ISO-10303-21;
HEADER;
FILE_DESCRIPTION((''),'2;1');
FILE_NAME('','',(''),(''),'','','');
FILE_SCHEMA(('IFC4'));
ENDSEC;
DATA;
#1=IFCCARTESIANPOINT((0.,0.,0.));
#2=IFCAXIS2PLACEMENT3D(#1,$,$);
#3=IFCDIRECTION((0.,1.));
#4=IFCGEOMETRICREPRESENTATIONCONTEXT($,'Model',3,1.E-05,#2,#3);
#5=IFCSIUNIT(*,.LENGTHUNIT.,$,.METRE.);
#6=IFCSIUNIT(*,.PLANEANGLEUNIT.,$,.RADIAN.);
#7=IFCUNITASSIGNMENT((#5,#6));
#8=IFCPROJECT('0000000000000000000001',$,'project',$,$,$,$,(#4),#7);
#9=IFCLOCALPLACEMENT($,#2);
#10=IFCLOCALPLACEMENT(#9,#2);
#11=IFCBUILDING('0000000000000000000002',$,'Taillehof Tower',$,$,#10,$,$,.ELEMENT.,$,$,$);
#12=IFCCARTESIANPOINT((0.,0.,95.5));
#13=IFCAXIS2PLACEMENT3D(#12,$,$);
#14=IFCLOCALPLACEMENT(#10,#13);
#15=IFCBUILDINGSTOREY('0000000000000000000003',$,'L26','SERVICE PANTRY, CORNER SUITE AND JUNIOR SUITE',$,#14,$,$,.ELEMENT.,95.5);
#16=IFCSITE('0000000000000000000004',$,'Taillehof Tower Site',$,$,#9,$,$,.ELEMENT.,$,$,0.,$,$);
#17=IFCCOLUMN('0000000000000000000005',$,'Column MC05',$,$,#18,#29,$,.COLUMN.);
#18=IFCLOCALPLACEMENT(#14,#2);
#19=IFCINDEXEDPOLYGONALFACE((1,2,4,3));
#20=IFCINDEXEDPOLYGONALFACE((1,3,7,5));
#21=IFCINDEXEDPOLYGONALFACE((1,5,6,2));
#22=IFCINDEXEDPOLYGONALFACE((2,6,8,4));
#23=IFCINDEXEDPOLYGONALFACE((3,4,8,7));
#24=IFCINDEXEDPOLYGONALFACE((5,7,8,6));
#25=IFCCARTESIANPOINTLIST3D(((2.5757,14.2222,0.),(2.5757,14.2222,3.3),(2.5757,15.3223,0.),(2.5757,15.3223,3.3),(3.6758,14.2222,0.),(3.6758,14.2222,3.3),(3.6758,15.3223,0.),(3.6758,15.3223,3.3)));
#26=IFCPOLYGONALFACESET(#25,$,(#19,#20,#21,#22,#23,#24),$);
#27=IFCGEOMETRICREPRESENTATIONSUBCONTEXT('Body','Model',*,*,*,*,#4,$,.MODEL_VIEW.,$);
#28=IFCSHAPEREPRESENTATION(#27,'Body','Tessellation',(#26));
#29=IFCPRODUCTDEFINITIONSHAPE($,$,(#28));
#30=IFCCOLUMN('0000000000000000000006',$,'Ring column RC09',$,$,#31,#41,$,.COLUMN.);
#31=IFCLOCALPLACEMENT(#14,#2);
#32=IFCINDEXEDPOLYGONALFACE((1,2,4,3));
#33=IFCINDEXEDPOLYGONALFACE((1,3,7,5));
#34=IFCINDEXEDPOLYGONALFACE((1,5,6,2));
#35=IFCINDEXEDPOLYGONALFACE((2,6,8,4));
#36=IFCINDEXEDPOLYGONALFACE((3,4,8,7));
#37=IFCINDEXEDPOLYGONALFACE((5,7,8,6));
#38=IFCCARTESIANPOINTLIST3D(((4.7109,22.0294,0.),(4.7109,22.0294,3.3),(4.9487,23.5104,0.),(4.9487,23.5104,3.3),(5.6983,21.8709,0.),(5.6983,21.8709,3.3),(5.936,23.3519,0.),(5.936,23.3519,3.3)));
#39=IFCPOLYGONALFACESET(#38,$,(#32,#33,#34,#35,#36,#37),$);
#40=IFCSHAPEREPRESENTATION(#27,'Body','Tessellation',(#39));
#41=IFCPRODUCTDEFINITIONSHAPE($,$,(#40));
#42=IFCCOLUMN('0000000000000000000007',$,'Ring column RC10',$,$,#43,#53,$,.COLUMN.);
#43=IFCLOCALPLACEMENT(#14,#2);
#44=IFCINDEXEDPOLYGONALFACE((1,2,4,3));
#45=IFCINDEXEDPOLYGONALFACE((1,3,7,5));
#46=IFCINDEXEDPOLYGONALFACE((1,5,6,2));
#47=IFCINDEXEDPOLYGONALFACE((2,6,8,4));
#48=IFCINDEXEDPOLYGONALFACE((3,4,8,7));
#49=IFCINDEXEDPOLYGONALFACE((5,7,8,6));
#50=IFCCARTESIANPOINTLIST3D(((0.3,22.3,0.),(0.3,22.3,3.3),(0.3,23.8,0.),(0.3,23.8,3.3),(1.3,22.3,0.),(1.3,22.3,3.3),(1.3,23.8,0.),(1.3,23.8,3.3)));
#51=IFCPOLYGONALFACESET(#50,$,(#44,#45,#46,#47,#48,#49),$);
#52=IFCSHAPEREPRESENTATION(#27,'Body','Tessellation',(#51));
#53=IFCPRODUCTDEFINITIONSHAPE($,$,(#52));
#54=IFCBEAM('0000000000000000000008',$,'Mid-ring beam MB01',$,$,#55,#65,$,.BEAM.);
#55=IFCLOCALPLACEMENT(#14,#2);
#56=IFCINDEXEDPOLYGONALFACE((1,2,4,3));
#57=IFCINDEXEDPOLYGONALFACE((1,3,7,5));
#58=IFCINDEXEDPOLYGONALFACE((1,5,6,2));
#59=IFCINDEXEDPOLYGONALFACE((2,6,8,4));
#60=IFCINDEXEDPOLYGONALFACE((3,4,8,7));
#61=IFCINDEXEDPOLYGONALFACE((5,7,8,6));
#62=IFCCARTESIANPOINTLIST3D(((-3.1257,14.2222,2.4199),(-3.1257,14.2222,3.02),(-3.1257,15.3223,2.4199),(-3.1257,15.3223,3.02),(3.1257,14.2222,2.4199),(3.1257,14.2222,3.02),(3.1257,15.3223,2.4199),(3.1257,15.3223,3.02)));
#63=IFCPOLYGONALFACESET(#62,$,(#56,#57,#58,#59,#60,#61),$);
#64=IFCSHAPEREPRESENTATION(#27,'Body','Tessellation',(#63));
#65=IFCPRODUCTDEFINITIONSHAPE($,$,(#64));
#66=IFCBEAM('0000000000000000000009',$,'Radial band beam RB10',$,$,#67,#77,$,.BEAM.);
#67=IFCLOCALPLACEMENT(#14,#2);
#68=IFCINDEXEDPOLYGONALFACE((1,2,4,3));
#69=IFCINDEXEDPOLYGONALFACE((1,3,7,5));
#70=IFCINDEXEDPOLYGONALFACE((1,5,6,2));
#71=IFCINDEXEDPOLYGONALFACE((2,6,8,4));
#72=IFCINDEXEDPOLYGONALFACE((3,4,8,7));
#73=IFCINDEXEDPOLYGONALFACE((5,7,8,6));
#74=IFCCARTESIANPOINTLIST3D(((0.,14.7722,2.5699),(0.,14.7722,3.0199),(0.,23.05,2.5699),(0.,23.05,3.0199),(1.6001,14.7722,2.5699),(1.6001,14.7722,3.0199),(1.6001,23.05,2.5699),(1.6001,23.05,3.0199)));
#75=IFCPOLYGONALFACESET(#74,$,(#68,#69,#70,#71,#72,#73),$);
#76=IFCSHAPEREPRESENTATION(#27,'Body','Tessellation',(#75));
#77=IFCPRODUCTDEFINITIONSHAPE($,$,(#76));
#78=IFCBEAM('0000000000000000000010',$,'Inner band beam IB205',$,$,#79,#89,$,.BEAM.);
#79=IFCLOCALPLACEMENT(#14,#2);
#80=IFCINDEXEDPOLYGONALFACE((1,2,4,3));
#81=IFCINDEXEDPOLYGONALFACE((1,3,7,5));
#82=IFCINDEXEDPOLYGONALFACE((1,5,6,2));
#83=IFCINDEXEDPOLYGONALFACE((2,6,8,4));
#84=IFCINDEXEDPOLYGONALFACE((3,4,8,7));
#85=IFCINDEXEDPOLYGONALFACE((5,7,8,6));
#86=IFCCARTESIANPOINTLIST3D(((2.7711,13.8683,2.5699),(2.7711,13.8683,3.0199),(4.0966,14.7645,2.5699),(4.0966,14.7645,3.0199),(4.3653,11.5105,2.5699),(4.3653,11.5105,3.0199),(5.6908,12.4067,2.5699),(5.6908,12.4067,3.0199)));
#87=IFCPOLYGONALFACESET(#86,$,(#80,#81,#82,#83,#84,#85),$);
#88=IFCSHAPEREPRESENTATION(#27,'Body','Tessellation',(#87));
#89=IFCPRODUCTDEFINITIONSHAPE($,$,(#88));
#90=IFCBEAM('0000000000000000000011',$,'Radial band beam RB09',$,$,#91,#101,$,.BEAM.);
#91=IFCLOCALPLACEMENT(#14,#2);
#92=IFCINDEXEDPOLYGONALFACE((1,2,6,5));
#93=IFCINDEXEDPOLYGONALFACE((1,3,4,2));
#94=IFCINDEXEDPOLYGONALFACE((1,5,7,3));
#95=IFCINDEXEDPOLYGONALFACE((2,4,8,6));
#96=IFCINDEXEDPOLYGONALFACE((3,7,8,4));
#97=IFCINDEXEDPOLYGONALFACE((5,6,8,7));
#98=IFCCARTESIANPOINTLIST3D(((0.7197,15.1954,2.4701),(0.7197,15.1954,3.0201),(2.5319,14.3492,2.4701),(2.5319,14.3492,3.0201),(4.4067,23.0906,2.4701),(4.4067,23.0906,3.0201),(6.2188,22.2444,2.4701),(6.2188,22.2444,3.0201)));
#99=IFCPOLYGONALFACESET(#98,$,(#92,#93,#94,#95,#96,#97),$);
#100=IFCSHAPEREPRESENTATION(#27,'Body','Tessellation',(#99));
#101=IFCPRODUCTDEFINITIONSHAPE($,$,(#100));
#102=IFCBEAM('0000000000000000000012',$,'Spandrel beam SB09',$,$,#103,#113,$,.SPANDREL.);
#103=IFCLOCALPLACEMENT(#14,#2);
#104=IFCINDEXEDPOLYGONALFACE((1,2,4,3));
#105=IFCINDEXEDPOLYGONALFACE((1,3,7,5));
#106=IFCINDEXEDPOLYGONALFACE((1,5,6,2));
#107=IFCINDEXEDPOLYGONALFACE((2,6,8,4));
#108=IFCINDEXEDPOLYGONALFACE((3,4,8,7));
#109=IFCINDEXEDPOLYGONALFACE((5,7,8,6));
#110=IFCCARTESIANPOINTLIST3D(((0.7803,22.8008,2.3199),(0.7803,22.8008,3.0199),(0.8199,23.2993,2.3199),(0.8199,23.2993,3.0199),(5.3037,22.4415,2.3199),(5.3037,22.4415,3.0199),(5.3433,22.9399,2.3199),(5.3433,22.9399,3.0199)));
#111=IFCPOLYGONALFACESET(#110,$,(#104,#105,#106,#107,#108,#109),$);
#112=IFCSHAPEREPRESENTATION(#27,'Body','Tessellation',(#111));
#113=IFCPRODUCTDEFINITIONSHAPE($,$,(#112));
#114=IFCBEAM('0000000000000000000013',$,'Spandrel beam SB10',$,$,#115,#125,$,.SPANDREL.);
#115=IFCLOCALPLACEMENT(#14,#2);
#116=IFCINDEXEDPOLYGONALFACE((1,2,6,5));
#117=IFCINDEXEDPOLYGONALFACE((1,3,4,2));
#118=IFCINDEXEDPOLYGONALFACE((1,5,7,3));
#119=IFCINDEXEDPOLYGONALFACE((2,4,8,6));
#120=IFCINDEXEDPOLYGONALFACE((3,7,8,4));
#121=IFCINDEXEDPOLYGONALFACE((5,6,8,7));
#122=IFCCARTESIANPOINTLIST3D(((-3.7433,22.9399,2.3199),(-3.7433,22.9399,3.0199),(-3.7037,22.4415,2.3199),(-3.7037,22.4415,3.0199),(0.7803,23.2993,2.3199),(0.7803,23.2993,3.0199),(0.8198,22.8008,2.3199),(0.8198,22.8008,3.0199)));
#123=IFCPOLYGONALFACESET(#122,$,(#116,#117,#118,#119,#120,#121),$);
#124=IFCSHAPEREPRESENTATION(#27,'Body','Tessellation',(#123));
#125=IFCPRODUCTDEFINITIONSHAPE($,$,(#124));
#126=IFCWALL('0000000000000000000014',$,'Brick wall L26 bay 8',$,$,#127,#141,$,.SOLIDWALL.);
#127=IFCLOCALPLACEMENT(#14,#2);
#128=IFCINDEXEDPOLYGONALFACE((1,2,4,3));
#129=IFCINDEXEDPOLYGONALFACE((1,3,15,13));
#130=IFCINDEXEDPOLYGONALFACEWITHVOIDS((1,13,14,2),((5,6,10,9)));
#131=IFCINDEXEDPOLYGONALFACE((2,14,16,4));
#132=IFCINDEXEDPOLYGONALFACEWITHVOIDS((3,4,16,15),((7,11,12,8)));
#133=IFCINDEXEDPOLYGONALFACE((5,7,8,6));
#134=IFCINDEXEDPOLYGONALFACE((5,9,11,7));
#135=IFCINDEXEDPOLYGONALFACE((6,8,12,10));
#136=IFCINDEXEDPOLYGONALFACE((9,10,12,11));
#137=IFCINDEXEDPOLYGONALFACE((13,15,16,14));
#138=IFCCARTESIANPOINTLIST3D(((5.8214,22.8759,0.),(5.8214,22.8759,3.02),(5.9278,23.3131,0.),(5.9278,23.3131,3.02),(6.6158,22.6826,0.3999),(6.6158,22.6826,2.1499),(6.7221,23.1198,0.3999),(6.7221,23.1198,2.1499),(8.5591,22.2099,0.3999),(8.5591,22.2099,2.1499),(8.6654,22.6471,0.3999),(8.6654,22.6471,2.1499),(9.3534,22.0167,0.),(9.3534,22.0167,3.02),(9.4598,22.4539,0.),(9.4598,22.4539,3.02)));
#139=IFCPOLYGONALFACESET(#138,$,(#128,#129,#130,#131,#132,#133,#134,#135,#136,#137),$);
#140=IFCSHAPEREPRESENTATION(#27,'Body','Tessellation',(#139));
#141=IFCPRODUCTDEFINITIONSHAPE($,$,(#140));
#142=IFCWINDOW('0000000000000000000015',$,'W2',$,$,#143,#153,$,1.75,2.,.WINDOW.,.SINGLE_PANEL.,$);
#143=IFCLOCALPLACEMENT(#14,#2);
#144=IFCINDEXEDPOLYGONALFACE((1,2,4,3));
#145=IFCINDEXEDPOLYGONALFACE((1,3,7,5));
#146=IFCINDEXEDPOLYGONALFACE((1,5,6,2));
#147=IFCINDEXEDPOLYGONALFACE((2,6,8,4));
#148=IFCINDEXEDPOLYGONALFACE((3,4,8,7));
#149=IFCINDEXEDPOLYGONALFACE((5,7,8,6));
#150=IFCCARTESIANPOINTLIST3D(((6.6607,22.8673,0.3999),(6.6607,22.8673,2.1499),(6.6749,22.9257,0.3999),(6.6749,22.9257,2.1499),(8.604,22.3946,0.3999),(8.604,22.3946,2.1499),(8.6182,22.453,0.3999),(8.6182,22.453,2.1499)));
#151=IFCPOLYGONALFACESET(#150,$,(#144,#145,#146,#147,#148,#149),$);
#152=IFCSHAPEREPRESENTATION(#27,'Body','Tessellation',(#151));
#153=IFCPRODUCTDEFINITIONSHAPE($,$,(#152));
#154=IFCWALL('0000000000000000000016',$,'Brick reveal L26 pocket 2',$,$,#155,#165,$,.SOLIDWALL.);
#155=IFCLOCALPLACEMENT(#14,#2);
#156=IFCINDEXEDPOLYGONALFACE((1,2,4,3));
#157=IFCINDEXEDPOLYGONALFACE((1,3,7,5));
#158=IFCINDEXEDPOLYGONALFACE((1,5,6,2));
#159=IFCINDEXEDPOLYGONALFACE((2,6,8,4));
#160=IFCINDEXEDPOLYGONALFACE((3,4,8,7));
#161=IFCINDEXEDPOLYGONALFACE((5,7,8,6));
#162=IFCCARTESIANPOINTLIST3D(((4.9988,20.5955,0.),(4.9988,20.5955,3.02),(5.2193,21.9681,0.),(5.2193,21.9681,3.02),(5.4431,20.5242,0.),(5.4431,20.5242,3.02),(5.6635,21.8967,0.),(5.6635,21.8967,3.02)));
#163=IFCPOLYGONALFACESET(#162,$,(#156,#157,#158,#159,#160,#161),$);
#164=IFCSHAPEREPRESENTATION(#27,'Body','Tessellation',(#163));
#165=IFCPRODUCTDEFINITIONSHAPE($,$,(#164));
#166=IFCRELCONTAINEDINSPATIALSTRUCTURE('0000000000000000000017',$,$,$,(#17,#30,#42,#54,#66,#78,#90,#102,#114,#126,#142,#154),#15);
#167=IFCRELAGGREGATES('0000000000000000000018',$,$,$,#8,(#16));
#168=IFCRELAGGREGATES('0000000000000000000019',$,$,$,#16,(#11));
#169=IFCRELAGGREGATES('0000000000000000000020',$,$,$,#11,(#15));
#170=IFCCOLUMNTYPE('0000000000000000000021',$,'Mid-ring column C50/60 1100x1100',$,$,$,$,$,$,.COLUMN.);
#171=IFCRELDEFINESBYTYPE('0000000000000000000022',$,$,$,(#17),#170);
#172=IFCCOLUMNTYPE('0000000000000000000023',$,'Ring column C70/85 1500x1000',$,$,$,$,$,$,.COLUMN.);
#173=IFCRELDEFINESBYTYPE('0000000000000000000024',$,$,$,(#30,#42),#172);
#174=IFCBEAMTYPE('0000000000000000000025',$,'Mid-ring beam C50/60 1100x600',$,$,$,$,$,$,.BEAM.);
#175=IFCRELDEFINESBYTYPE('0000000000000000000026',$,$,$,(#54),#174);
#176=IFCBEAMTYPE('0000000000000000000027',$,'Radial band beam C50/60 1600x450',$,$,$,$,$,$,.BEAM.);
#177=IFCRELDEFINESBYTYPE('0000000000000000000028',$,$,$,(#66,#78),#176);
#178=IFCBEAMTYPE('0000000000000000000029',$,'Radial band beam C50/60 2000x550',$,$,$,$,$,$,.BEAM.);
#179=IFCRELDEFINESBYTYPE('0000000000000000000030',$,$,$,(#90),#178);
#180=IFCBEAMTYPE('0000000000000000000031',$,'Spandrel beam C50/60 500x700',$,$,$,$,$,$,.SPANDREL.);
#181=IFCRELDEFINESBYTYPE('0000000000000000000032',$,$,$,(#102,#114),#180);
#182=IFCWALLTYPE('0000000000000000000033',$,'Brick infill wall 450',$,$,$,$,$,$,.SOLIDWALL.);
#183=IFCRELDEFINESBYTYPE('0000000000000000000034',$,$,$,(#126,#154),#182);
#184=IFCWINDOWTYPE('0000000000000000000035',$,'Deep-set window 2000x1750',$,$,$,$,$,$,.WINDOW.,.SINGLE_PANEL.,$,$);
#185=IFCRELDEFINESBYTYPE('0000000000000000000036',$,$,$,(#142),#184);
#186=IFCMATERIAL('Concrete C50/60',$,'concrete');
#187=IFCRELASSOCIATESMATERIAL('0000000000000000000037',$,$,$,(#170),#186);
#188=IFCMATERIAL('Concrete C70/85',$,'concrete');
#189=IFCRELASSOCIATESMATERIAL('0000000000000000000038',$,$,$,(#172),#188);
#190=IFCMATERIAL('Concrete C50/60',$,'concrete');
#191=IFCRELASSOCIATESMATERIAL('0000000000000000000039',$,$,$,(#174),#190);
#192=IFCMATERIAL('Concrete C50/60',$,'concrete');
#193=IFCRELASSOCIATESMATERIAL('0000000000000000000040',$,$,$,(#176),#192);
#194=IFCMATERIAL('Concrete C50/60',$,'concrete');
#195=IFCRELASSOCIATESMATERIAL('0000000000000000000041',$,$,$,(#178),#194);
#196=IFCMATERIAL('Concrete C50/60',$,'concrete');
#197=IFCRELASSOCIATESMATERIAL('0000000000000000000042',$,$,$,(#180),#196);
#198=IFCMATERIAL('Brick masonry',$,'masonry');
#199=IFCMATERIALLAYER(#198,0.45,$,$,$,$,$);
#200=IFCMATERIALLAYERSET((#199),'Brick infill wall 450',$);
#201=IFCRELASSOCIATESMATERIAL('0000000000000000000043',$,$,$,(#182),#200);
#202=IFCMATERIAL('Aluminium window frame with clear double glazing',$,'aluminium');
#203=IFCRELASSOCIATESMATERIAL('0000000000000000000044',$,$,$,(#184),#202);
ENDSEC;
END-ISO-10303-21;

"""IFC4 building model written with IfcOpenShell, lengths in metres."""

from ifc_helpers import new_model, si_unit, direction, frame, frame_2d, origin, origin_2d, place, context, subcontext, project, spatial, rectangle, extrude, material, layer, layer_set, material_profile, profile_set, type_object, element, fill, save


model = new_model("IFC4")

# Units and contexts
model_context = context("Model", 3, precision=1e-05, world=origin(), true_north=direction((0.0, 1.0)))
body_context = subcontext(model_context, "Body", "Model", "MODEL_VIEW")
ifc_project = project(units=[si_unit("LENGTHUNIT", "METRE"), si_unit("PLANEANGLEUNIT", "RADIAN")], contexts=[model_context])

# Site, building, storey
site_placement = place(None, origin())
site = spatial("IfcSite", under=ifc_project, at=site_placement, Name="Taillehof Tower Site", CompositionType="ELEMENT", RefElevation=0.0)
building_placement = place(site_placement, origin())
building = spatial("IfcBuilding", under=site, at=building_placement, Name="Taillehof Tower", CompositionType="ELEMENT")
storey_placement = place(building_placement, frame((0.0, 0.0, 95.5)))
storey = spatial("IfcBuildingStorey", under=building, at=storey_placement, Name="L26", Description="SERVICE PANTRY, CORNER SUITE AND JUNIOR SUITE", CompositionType="ELEMENT", Elevation=95.5)

# Columns
ifc_material_1 = material(Name="Concrete C50/60", Category="concrete")
ifc_material_profile_1 = material_profile(ifc_material_1, rectangle(XDim=1.1001, YDim=1.1001, at=origin_2d()), Name="RC 1100x1100")
ifc_profile_set_1 = profile_set([ifc_material_profile_1], Name="Concrete C50/60")
column_type_1 = type_object("IfcColumnType", Name="Mid-ring column C50/60 1100x1100", PredefinedType="COLUMN", material=ifc_profile_set_1)
column_placement = place(storey_placement, frame((3.1257, 14.7722, 0.0), z_axis=(0.0, 0.0, 1.0), x_axis=(1.0, 0.0, 0.0)))
element("IfcColumn", 1, at=column_placement, inside=storey, type_object=column_type_1, Name="Column MC05", PredefinedType="COLUMN", context=body_context, shape_type="SweptSolid", body=[
    extrude(rectangle(XDim=1.1001, YDim=1.1001, at=origin_2d()), origin(), (0.0, 0.0, 1.0), 3.3),
])
ifc_material_2 = material(Name="Concrete C70/85", Category="concrete")
ifc_material_profile_2 = material_profile(ifc_material_2, rectangle(XDim=1.5, YDim=1.0, at=origin_2d()), Name="RC 1500x1000")
ifc_profile_set_2 = profile_set([ifc_material_profile_2], Name="Concrete C70/85")
column_type_2 = type_object("IfcColumnType", Name="Ring column C70/85 1500x1000", PredefinedType="COLUMN", material=ifc_profile_set_2)
for number, where, z_axis, x_axis, name in (
    (2, (5.3235, 22.6907, 0.0), (0.0, 0.0, 1.0), (0.158507, 0.987358, 0.0), "Ring column RC09"),
    (3, (0.8, 23.05, 0.0), (0.0, 0.0, 1.0), (0.0, 1.0, 0.0), "Ring column RC10"),
):
    element("IfcColumn", number, at=place(storey_placement, frame(where, z_axis=z_axis, x_axis=x_axis)), inside=storey, type_object=column_type_2, Name=name, PredefinedType="COLUMN", context=body_context, shape_type="SweptSolid", body=[
        extrude(rectangle(XDim=1.5, YDim=1.0, at=origin_2d()), origin(), (0.0, 0.0, 1.0), 3.3),
    ])

# Beams
ifc_material_3 = material(Name="Concrete C50/60", Category="concrete")
ifc_material_profile_3 = material_profile(ifc_material_3, rectangle(XDim=1.1001, YDim=0.6001, at=origin_2d()), Name="RC 1100x600")
ifc_profile_set_3 = profile_set([ifc_material_profile_3], Name="Concrete C50/60")
beam_type_1 = type_object("IfcBeamType", Name="Mid-ring beam C50/60 1100x600", PredefinedType="BEAM", material=ifc_profile_set_3)
beam_1_placement = place(storey_placement, frame((3.1257, 14.7722, 2.72), z_axis=(-1.0, 0.0, 0.0), x_axis=(0.0, -1.0, 0.0)))
element("IfcBeam", 4, at=beam_1_placement, inside=storey, type_object=beam_type_1, Name="Mid-ring beam MB01", PredefinedType="BEAM", context=body_context, shape_type="SweptSolid", body=[
    extrude(rectangle(XDim=1.1001, YDim=0.6001, at=origin_2d()), origin(), (0.0, 0.0, 1.0), 6.2515),
])
ifc_material_4 = material(Name="Concrete C50/60", Category="concrete")
ifc_material_profile_4 = material_profile(ifc_material_4, rectangle(XDim=1.6001, YDim=0.45, at=origin_2d()), Name="RC 1600x450")
ifc_profile_set_4 = profile_set([ifc_material_profile_4], Name="Concrete C50/60")
beam_type_2 = type_object("IfcBeamType", Name="Radial band beam C50/60 1600x450", PredefinedType="BEAM", material=ifc_profile_set_4)
beam_2_placement = place(storey_placement, frame((0.8, 23.05, 2.7949), z_axis=(0.0, -1.0, 0.0), x_axis=(1.0, 0.0, 0.0)))
element("IfcBeam", 5, at=beam_2_placement, inside=storey, type_object=beam_type_2, Name="Radial band beam RB10", PredefinedType="BEAM", context=body_context, shape_type="SweptSolid", body=[
    extrude(rectangle(XDim=1.6001, YDim=0.45, at=origin_2d()), origin(), (0.0, 0.0, 1.0), 8.2778),
])
beam_3_placement = place(storey_placement, frame((3.4338, 14.3164, 2.7949), z_axis=(0.560112, -0.828417, 0.0), x_axis=(0.828417, 0.560112, 0.0)))
element("IfcBeam", 6, at=beam_3_placement, inside=storey, type_object=beam_type_2, Name="Inner band beam IB205", PredefinedType="BEAM", context=body_context, shape_type="SweptSolid", body=[
    extrude(rectangle(XDim=1.6001, YDim=0.45, at=origin_2d()), origin(), (0.0, 0.0, 1.0), 2.8462),
])
ifc_material_5 = material(Name="Concrete C50/60", Category="concrete")
ifc_material_profile_5 = material_profile(ifc_material_5, rectangle(XDim=2.0, YDim=0.55, at=origin_2d()), Name="RC 2000x550")
ifc_profile_set_5 = profile_set([ifc_material_profile_5], Name="Concrete C50/60")
beam_type_3 = type_object("IfcBeamType", Name="Radial band beam C50/60 2000x550", PredefinedType="BEAM", material=ifc_profile_set_5)
beam_4_placement = place(storey_placement, frame((5.3127, 22.6675, 2.7451), z_axis=(-0.423126, -0.906071, 0.0), x_axis=(0.906071, -0.423126, 0.0)))
element("IfcBeam", 7, at=beam_4_placement, inside=storey, type_object=beam_type_3, Name="Radial band beam RB09", PredefinedType="BEAM", context=body_context, shape_type="SweptSolid", body=[
    extrude(rectangle(XDim=2.0, YDim=0.55, at=origin_2d()), origin(), (0.0, 0.0, 1.0), 8.7136),
])
ifc_material_6 = material(Name="Concrete C50/60", Category="concrete")
ifc_material_profile_6 = material_profile(ifc_material_6, rectangle(XDim=0.5, YDim=0.7, at=origin_2d()), Name="RC 500x700")
ifc_profile_set_6 = profile_set([ifc_material_profile_6], Name="Concrete C50/60")
beam_type_4 = type_object("IfcBeamType", Name="Spandrel beam C50/60 500x700", PredefinedType="SPANDREL", material=ifc_profile_set_6)
beam_5_placement = place(storey_placement, frame((5.3235, 22.6907, 2.6699), z_axis=(-0.996859, 0.079198, 0.0), x_axis=(-0.079198, -0.996859, 0.0)))
element("IfcBeam", 8, at=beam_5_placement, inside=storey, type_object=beam_type_4, Name="Spandrel beam SB09", PredefinedType="SPANDREL", context=body_context, shape_type="SweptSolid", body=[
    extrude(rectangle(XDim=0.5, YDim=0.7, at=origin_2d()), origin(), (0.0, 0.0, 1.0), 4.5376),
])
beam_6_placement = place(storey_placement, frame((0.8, 23.05, 2.6699), z_axis=(-0.996859, -0.079194, 0.0), x_axis=(0.079194, -0.996859, 0.0)))
element("IfcBeam", 9, at=beam_6_placement, inside=storey, type_object=beam_type_4, Name="Spandrel beam SB10", PredefinedType="SPANDREL", context=body_context, shape_type="SweptSolid", body=[
    extrude(rectangle(XDim=0.5, YDim=0.7, at=origin_2d()), origin(), (0.0, 0.0, 1.0), 4.5378),
])

# Wall, opening, window
ifc_material_7 = material(Name="Brick masonry", Category="masonry")
ifc_layer_1 = layer(ifc_material_7, 0.45)
ifc_layer_set_1 = layer_set([ifc_layer_1], Name="Brick infill wall 450")
wall_type_1 = type_object("IfcWallType", Name="Brick infill wall 450", PredefinedType="SOLIDWALL", material=ifc_layer_set_1)
wall_1_placement = place(storey_placement, frame((9.4065, 22.2354, 0.0), z_axis=(0.0, 0.0, 1.0), x_axis=(-0.971668, 0.236352, 0.0)))
wall_1 = element("IfcWall", 10, at=wall_1_placement, inside=storey, type_object=wall_type_1, Name="Brick wall L26 bay 8", PredefinedType="SOLIDWALL", context=body_context, shape_type="SweptSolid", body=[
    extrude(rectangle(XDim=3.635, YDim=0.45, at=frame_2d((1.8174, 0.0))), origin(), (0.0, 0.0, 1.0), 3.02),
])
opening_1_placement = place(wall_1_placement, frame((0.8174, 0.0, 0.3999)))
opening_1 = element("IfcOpeningElement", 11, at=opening_1_placement, cuts=wall_1, PredefinedType="OPENING", context=body_context, shape_type="SweptSolid", body=[
    extrude(rectangle(XDim=2.0, YDim=1.75, at=frame_2d((1.0, 0.875))), frame((0.0, 0.2349, 0.0), z_axis=(0.0, -1.0, 0.0), x_axis=(1.0, 0.0, 0.0)), (0.0, 0.0, 1.0), 0.47),
])
ifc_material_8 = material(Name="Aluminium window frame with clear double glazing", Category="aluminium")
window_type_1 = type_object("IfcWindowType", Name="Deep-set window 2000x1750", PartitioningType="SINGLE_PANEL", PredefinedType="WINDOW", material=ifc_material_8)
window_1_placement = place(opening_1_placement, origin())
window_1 = element("IfcWindow", 12, at=window_1_placement, inside=storey, type_object=window_type_1, Name="W2", OverallHeight=1.75, OverallWidth=2.0, PartitioningType="SINGLE_PANEL", PredefinedType="WINDOW", context=body_context, shape_type="SweptSolid", body=[
    extrude(rectangle(XDim=2.0, YDim=1.75, at=frame_2d((1.0, 0.875))), frame((0.0, 0.0349, 0.0), z_axis=(0.0, -1.0, 0.0), x_axis=(1.0, 0.0, 0.0)), (0.0, 0.0, 1.0), 0.0601),
])
fill(opening_1, window_1)

# Wall
wall_2_placement = place(storey_placement, frame((5.4414, 21.9324, 0.0), z_axis=(0.0, 0.0, 1.0), x_axis=(-0.158586, -0.987345, 0.0)))
element("IfcWall", 13, at=wall_2_placement, inside=storey, type_object=wall_type_1, Name="Brick reveal L26 pocket 2", PredefinedType="SOLIDWALL", context=body_context, shape_type="SweptSolid", body=[
    extrude(rectangle(XDim=1.3901, YDim=0.45, at=frame_2d((0.6951, 0.0))), origin(), (0.0, 0.0, 1.0), 3.02),
])

save(model, "model.ifc")
